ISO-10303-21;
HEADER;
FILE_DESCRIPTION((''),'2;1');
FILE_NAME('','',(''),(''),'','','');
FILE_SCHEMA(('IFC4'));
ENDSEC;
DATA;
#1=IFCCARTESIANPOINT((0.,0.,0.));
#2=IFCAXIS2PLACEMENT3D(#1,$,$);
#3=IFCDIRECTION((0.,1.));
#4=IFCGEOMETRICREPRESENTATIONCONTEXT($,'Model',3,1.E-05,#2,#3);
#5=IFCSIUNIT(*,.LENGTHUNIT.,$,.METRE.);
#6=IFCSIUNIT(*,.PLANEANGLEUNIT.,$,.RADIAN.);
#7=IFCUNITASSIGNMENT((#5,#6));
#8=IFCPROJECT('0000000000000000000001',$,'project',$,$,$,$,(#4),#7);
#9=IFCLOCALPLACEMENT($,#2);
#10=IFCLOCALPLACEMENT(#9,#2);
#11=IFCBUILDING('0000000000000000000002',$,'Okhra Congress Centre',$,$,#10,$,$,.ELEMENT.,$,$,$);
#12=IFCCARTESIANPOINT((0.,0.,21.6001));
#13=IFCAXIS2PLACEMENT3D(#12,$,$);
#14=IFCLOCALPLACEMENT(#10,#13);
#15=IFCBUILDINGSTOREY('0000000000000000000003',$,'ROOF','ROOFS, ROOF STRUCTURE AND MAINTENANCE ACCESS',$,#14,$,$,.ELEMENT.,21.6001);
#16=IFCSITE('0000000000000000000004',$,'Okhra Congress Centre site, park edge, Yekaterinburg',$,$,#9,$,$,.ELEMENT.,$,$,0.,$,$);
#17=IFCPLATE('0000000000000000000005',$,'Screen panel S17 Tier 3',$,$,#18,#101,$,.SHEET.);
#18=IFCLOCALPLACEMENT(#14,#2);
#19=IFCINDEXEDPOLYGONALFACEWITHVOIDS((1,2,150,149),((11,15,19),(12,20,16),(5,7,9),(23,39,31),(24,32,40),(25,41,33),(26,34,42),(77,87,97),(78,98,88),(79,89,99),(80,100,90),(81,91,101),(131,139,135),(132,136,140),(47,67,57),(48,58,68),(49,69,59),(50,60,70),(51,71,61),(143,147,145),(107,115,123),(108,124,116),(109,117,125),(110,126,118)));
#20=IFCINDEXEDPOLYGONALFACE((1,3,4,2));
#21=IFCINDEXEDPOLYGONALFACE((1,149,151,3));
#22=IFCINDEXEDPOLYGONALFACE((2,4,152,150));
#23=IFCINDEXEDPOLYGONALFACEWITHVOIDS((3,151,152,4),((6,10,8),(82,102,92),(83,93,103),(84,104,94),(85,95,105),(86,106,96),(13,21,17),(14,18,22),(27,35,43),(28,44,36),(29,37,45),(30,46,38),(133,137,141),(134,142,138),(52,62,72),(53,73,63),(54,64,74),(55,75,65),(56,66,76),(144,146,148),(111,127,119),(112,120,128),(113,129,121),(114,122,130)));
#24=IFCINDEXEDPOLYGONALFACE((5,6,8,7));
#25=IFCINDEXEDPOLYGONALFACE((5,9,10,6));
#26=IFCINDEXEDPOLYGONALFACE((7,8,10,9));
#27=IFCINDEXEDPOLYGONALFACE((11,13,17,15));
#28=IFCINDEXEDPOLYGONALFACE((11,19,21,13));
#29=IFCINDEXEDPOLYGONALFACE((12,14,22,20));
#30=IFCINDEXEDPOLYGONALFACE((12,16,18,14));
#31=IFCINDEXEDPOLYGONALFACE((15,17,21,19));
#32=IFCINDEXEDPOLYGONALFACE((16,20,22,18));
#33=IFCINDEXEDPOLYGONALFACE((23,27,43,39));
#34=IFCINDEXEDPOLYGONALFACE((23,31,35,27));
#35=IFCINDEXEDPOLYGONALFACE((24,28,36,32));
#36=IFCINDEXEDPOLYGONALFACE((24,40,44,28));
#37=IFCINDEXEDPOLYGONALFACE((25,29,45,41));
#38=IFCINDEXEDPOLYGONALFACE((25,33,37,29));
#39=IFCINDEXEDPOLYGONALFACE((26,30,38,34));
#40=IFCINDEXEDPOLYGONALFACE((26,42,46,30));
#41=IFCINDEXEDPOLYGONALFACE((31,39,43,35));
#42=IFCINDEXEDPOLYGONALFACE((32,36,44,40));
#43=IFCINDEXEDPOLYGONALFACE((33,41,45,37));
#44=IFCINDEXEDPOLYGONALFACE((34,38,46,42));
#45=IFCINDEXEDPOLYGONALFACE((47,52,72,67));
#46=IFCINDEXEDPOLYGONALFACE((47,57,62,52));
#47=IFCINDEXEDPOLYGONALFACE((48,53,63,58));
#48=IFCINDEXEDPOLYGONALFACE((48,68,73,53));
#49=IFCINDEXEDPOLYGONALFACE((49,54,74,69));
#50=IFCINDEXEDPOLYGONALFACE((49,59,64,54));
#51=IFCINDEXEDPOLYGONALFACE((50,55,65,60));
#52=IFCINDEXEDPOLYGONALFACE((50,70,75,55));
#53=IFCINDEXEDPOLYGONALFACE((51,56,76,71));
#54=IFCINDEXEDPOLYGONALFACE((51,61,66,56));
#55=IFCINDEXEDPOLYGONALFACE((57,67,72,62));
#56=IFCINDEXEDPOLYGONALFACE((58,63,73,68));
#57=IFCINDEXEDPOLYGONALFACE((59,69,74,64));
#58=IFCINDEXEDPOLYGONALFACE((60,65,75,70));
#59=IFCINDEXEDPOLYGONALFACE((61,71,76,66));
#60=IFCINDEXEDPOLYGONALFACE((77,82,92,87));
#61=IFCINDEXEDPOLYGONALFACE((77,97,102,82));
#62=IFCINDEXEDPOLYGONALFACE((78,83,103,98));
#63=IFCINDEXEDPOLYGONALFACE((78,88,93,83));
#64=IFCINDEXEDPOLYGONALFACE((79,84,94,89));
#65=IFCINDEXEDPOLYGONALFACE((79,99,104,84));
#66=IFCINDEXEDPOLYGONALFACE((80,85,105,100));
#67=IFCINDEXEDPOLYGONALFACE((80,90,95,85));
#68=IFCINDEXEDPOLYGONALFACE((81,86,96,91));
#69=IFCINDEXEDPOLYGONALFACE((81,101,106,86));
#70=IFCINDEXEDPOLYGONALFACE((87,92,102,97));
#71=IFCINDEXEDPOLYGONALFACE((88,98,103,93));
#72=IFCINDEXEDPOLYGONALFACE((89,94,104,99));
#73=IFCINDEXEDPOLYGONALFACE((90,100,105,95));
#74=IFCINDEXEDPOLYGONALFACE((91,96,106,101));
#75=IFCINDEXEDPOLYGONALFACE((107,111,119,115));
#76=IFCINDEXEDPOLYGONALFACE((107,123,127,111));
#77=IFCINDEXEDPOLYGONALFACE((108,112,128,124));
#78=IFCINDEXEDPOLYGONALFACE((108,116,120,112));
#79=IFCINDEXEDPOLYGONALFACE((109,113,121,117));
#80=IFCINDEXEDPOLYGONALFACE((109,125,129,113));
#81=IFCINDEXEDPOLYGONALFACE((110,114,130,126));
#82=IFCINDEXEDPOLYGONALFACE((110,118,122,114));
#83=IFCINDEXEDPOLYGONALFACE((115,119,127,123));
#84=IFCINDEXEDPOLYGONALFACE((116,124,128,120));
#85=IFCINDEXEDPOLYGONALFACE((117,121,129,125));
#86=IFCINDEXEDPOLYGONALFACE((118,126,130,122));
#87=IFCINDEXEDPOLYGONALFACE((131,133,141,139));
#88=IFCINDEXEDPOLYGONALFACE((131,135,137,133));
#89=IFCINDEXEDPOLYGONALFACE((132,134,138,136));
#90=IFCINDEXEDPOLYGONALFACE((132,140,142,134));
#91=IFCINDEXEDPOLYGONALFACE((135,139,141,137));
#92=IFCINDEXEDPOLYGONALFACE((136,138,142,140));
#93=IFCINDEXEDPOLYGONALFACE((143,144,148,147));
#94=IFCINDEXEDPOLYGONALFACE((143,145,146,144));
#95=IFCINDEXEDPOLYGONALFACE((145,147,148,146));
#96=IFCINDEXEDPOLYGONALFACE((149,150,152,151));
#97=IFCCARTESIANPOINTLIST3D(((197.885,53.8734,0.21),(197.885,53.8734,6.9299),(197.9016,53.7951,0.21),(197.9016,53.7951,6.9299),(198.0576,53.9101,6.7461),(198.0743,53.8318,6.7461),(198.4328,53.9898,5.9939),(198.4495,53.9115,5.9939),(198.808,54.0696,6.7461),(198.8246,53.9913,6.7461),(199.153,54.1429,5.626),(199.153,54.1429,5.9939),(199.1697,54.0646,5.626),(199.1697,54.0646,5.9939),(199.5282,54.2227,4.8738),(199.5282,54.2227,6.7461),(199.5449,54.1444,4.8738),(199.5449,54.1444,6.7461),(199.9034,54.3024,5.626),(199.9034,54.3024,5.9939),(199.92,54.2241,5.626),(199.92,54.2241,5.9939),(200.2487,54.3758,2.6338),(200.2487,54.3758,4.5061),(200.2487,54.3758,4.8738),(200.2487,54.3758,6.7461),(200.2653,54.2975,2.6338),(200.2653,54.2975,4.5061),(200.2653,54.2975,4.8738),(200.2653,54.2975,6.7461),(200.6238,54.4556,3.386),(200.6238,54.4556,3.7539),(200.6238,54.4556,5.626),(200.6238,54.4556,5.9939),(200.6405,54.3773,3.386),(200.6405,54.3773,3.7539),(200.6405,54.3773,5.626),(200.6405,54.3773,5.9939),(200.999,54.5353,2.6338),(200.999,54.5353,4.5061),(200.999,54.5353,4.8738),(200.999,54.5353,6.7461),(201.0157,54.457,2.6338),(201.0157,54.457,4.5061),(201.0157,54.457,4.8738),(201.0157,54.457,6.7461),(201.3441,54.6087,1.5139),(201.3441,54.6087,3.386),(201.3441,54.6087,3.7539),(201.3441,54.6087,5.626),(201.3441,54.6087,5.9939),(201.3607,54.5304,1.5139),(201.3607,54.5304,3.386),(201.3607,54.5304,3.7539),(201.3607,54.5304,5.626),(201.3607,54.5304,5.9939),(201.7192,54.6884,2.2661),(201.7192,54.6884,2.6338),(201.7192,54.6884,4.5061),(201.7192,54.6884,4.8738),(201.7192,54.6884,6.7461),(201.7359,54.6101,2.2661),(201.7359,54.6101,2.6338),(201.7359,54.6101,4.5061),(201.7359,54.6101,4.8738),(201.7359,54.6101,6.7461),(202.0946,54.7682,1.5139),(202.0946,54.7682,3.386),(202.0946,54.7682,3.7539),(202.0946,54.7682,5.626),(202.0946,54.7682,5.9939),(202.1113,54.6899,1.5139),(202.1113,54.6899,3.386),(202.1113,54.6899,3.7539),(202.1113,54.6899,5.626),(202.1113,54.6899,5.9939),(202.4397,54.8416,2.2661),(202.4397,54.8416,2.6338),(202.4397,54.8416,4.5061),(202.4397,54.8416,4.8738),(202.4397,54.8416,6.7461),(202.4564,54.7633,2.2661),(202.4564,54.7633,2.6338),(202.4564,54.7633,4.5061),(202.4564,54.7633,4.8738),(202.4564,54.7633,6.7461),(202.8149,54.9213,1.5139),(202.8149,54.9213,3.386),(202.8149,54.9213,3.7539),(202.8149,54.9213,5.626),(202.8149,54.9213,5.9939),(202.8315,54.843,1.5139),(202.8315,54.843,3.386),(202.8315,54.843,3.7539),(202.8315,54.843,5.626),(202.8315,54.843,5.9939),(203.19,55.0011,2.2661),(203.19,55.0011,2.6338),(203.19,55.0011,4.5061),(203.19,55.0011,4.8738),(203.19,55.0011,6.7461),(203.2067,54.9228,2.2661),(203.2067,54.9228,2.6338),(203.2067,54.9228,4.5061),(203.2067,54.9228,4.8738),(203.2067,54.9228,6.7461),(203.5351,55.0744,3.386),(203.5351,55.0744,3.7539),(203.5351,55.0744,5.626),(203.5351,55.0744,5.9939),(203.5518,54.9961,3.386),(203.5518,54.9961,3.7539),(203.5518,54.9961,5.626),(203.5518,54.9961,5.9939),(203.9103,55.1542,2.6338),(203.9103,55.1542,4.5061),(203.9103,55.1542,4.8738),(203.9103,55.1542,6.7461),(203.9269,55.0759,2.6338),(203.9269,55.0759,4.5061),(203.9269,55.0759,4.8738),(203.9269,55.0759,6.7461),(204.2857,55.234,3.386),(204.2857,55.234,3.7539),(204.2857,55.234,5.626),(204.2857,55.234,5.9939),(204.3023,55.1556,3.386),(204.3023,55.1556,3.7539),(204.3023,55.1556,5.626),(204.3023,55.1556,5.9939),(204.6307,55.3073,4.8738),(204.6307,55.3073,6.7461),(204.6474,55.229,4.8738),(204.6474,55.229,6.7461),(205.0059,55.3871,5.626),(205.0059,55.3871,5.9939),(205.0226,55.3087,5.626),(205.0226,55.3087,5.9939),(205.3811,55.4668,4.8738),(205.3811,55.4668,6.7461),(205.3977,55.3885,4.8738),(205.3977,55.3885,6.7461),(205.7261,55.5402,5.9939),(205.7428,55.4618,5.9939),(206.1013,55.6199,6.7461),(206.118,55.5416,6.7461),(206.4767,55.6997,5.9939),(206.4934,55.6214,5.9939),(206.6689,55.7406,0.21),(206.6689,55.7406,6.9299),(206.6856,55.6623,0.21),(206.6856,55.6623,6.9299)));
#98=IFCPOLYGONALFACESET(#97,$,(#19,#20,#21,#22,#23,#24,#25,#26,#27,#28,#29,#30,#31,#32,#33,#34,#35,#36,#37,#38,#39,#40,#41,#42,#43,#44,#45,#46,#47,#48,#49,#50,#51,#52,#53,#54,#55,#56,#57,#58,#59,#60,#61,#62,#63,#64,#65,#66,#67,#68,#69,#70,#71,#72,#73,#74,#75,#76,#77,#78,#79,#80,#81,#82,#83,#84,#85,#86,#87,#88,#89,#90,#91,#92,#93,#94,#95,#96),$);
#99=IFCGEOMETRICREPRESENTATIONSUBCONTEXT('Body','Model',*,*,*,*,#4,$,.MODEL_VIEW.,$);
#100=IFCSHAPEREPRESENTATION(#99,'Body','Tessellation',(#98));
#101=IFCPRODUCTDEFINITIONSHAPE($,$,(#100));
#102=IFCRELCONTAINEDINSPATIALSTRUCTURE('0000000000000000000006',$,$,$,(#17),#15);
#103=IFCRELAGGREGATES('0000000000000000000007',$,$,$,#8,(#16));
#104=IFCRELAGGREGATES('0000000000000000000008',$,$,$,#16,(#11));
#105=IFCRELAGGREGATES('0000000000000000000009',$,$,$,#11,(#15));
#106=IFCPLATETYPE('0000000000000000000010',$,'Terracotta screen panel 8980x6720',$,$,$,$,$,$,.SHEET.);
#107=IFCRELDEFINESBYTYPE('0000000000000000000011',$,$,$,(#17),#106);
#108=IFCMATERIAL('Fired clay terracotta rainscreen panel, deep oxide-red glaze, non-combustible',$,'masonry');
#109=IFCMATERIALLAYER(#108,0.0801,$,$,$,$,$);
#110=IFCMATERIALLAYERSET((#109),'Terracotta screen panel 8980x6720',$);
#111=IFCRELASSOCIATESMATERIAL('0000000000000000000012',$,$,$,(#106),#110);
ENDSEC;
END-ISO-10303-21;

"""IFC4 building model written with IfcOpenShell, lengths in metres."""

from ifc_helpers import new_model, si_unit, direction, frame, origin, place, context, subcontext, project, spatial, polyline, outline, extrude, material, layer, layer_set, type_object, element, save


model = new_model("IFC4")

# Units and contexts
model_context = context("Model", 3, precision=1e-05, world=origin(), true_north=direction((0.0, 1.0)))
body_context = subcontext(model_context, "Body", "Model", "MODEL_VIEW")
ifc_project = project(units=[si_unit("LENGTHUNIT", "METRE"), si_unit("PLANEANGLEUNIT", "RADIAN")], contexts=[model_context])

# Site, building, storey
site_placement = place(None, origin())
site = spatial("IfcSite", under=ifc_project, at=site_placement, Name="Okhra Congress Centre site, park edge, Yekaterinburg", CompositionType="ELEMENT", RefElevation=0.0)
building_placement = place(site_placement, origin())
building = spatial("IfcBuilding", under=site, at=building_placement, Name="Okhra Congress Centre", CompositionType="ELEMENT")
storey_placement = place(building_placement, frame((0.0, 0.0, 21.6001)))
storey = spatial("IfcBuildingStorey", under=building, at=storey_placement, Name="ROOF", Description="ROOFS, ROOF STRUCTURE AND MAINTENANCE ACCESS", CompositionType="ELEMENT", Elevation=21.6001)

# Plate
ifc_material_1 = material(Name="Fired clay terracotta rainscreen panel, deep oxide-red glaze, non-combustible", Category="masonry")
ifc_layer_1 = layer(ifc_material_1, 0.0801)
ifc_layer_set_1 = layer_set([ifc_layer_1], Name="Terracotta screen panel 8980x6720")
plate_type_1 = type_object("IfcPlateType", Name="Terracotta screen panel 8980x6720", PredefinedType="SHEET", material=ifc_layer_set_1)
plate_1_placement = place(storey_placement, frame((197.8933, 53.8342, 0.21), z_axis=(0.0, 0.0, 1.0), x_axis=(0.978145, 0.207923, 0.0)))
element("IfcPlate", 1, at=plate_1_placement, inside=storey, type_object=plate_type_1, Name="Screen panel S17 Tier 3", PredefinedType="SHEET", context=body_context, shape_type="SweptSolid", body=[
    extrude(outline(polyline([(0.0, 0.0), (8.9802, 0.0), (8.9802, 6.72), (0.0, 6.72), (0.0, 0.0)]), holes=[polyline([(3.5364, 1.304), (4.3037, 1.304), (3.9199, 2.0562), (3.5364, 1.304)]), polyline([(4.6565, 2.0562), (5.04, 1.304), (5.4236, 2.0562), (4.6565, 2.0562)]), polyline([(2.4165, 2.4238), (3.1836, 2.4238), (2.8, 3.176), (2.4165, 2.4238)]), polyline([(3.5364, 3.176), (3.9199, 2.4238), (4.3037, 3.176), (3.5364, 3.176)]), polyline([(4.6565, 2.4238), (5.4236, 2.4238), (5.04, 3.176), (4.6565, 2.4238)]), polyline([(5.7764, 3.176), (6.1599, 2.4238), (6.5437, 3.176), (5.7764, 3.176)]), polyline([(2.4165, 4.2961), (2.8, 3.5439), (3.1836, 4.2961), (2.4165, 4.2961)]), polyline([(3.5364, 3.5439), (4.3037, 3.5439), (3.9199, 4.2961), (3.5364, 3.5439)]), polyline([(4.6565, 4.2961), (5.04, 3.5439), (5.4236, 4.2961), (4.6565, 4.2961)]), polyline([(5.7764, 3.5439), (6.5437, 3.5439), (6.1599, 4.2961), (5.7764, 3.5439)]), polyline([(1.2964, 5.416), (1.6799, 4.6638), (2.0635, 5.416), (1.2964, 5.416)]), polyline([(2.4165, 4.6638), (3.1836, 4.6638), (2.8, 5.416), (2.4165, 4.6638)]), polyline([(3.5364, 5.416), (3.9199, 4.6638), (4.3037, 5.416), (3.5364, 5.416)]), polyline([(4.6565, 4.6638), (5.4236, 4.6638), (5.04, 5.416), (4.6565, 4.6638)]), polyline([(5.7764, 5.416), (6.1599, 4.6638), (6.5437, 5.416), (5.7764, 5.416)]), polyline([(6.8965, 4.6638), (7.6636, 4.6638), (7.28, 5.416), (6.8965, 4.6638)]), polyline([(0.1765, 6.5361), (0.5601, 5.7839), (0.9436, 6.5361), (0.1765, 6.5361)]), polyline([(1.2964, 5.7839), (2.0635, 5.7839), (1.6799, 6.5361), (1.2964, 5.7839)]), polyline([(2.4165, 6.5361), (2.8, 5.7839), (3.1836, 6.5361), (2.4165, 6.5361)]), polyline([(3.5364, 5.7839), (4.3037, 5.7839), (3.9199, 6.5361), (3.5364, 5.7839)]), polyline([(4.6565, 6.5361), (5.04, 5.7839), (5.4236, 6.5361), (4.6565, 6.5361)]), polyline([(5.7764, 5.7839), (6.5437, 5.7839), (6.1599, 6.5361), (5.7764, 5.7839)]), polyline([(6.8965, 6.5361), (7.28, 5.7839), (7.6636, 6.5361), (6.8965, 6.5361)]), polyline([(8.0164, 5.7839), (8.7837, 5.7839), (8.3999, 6.5361), (8.0164, 5.7839)])]), frame((0.0, 0.04, 0.0), z_axis=(0.0, -1.0, 0.0), x_axis=(1.0, 0.0, 0.0)), (0.0, 0.0, 1.0), 0.0801),
])

save(model, "model.ifc")
